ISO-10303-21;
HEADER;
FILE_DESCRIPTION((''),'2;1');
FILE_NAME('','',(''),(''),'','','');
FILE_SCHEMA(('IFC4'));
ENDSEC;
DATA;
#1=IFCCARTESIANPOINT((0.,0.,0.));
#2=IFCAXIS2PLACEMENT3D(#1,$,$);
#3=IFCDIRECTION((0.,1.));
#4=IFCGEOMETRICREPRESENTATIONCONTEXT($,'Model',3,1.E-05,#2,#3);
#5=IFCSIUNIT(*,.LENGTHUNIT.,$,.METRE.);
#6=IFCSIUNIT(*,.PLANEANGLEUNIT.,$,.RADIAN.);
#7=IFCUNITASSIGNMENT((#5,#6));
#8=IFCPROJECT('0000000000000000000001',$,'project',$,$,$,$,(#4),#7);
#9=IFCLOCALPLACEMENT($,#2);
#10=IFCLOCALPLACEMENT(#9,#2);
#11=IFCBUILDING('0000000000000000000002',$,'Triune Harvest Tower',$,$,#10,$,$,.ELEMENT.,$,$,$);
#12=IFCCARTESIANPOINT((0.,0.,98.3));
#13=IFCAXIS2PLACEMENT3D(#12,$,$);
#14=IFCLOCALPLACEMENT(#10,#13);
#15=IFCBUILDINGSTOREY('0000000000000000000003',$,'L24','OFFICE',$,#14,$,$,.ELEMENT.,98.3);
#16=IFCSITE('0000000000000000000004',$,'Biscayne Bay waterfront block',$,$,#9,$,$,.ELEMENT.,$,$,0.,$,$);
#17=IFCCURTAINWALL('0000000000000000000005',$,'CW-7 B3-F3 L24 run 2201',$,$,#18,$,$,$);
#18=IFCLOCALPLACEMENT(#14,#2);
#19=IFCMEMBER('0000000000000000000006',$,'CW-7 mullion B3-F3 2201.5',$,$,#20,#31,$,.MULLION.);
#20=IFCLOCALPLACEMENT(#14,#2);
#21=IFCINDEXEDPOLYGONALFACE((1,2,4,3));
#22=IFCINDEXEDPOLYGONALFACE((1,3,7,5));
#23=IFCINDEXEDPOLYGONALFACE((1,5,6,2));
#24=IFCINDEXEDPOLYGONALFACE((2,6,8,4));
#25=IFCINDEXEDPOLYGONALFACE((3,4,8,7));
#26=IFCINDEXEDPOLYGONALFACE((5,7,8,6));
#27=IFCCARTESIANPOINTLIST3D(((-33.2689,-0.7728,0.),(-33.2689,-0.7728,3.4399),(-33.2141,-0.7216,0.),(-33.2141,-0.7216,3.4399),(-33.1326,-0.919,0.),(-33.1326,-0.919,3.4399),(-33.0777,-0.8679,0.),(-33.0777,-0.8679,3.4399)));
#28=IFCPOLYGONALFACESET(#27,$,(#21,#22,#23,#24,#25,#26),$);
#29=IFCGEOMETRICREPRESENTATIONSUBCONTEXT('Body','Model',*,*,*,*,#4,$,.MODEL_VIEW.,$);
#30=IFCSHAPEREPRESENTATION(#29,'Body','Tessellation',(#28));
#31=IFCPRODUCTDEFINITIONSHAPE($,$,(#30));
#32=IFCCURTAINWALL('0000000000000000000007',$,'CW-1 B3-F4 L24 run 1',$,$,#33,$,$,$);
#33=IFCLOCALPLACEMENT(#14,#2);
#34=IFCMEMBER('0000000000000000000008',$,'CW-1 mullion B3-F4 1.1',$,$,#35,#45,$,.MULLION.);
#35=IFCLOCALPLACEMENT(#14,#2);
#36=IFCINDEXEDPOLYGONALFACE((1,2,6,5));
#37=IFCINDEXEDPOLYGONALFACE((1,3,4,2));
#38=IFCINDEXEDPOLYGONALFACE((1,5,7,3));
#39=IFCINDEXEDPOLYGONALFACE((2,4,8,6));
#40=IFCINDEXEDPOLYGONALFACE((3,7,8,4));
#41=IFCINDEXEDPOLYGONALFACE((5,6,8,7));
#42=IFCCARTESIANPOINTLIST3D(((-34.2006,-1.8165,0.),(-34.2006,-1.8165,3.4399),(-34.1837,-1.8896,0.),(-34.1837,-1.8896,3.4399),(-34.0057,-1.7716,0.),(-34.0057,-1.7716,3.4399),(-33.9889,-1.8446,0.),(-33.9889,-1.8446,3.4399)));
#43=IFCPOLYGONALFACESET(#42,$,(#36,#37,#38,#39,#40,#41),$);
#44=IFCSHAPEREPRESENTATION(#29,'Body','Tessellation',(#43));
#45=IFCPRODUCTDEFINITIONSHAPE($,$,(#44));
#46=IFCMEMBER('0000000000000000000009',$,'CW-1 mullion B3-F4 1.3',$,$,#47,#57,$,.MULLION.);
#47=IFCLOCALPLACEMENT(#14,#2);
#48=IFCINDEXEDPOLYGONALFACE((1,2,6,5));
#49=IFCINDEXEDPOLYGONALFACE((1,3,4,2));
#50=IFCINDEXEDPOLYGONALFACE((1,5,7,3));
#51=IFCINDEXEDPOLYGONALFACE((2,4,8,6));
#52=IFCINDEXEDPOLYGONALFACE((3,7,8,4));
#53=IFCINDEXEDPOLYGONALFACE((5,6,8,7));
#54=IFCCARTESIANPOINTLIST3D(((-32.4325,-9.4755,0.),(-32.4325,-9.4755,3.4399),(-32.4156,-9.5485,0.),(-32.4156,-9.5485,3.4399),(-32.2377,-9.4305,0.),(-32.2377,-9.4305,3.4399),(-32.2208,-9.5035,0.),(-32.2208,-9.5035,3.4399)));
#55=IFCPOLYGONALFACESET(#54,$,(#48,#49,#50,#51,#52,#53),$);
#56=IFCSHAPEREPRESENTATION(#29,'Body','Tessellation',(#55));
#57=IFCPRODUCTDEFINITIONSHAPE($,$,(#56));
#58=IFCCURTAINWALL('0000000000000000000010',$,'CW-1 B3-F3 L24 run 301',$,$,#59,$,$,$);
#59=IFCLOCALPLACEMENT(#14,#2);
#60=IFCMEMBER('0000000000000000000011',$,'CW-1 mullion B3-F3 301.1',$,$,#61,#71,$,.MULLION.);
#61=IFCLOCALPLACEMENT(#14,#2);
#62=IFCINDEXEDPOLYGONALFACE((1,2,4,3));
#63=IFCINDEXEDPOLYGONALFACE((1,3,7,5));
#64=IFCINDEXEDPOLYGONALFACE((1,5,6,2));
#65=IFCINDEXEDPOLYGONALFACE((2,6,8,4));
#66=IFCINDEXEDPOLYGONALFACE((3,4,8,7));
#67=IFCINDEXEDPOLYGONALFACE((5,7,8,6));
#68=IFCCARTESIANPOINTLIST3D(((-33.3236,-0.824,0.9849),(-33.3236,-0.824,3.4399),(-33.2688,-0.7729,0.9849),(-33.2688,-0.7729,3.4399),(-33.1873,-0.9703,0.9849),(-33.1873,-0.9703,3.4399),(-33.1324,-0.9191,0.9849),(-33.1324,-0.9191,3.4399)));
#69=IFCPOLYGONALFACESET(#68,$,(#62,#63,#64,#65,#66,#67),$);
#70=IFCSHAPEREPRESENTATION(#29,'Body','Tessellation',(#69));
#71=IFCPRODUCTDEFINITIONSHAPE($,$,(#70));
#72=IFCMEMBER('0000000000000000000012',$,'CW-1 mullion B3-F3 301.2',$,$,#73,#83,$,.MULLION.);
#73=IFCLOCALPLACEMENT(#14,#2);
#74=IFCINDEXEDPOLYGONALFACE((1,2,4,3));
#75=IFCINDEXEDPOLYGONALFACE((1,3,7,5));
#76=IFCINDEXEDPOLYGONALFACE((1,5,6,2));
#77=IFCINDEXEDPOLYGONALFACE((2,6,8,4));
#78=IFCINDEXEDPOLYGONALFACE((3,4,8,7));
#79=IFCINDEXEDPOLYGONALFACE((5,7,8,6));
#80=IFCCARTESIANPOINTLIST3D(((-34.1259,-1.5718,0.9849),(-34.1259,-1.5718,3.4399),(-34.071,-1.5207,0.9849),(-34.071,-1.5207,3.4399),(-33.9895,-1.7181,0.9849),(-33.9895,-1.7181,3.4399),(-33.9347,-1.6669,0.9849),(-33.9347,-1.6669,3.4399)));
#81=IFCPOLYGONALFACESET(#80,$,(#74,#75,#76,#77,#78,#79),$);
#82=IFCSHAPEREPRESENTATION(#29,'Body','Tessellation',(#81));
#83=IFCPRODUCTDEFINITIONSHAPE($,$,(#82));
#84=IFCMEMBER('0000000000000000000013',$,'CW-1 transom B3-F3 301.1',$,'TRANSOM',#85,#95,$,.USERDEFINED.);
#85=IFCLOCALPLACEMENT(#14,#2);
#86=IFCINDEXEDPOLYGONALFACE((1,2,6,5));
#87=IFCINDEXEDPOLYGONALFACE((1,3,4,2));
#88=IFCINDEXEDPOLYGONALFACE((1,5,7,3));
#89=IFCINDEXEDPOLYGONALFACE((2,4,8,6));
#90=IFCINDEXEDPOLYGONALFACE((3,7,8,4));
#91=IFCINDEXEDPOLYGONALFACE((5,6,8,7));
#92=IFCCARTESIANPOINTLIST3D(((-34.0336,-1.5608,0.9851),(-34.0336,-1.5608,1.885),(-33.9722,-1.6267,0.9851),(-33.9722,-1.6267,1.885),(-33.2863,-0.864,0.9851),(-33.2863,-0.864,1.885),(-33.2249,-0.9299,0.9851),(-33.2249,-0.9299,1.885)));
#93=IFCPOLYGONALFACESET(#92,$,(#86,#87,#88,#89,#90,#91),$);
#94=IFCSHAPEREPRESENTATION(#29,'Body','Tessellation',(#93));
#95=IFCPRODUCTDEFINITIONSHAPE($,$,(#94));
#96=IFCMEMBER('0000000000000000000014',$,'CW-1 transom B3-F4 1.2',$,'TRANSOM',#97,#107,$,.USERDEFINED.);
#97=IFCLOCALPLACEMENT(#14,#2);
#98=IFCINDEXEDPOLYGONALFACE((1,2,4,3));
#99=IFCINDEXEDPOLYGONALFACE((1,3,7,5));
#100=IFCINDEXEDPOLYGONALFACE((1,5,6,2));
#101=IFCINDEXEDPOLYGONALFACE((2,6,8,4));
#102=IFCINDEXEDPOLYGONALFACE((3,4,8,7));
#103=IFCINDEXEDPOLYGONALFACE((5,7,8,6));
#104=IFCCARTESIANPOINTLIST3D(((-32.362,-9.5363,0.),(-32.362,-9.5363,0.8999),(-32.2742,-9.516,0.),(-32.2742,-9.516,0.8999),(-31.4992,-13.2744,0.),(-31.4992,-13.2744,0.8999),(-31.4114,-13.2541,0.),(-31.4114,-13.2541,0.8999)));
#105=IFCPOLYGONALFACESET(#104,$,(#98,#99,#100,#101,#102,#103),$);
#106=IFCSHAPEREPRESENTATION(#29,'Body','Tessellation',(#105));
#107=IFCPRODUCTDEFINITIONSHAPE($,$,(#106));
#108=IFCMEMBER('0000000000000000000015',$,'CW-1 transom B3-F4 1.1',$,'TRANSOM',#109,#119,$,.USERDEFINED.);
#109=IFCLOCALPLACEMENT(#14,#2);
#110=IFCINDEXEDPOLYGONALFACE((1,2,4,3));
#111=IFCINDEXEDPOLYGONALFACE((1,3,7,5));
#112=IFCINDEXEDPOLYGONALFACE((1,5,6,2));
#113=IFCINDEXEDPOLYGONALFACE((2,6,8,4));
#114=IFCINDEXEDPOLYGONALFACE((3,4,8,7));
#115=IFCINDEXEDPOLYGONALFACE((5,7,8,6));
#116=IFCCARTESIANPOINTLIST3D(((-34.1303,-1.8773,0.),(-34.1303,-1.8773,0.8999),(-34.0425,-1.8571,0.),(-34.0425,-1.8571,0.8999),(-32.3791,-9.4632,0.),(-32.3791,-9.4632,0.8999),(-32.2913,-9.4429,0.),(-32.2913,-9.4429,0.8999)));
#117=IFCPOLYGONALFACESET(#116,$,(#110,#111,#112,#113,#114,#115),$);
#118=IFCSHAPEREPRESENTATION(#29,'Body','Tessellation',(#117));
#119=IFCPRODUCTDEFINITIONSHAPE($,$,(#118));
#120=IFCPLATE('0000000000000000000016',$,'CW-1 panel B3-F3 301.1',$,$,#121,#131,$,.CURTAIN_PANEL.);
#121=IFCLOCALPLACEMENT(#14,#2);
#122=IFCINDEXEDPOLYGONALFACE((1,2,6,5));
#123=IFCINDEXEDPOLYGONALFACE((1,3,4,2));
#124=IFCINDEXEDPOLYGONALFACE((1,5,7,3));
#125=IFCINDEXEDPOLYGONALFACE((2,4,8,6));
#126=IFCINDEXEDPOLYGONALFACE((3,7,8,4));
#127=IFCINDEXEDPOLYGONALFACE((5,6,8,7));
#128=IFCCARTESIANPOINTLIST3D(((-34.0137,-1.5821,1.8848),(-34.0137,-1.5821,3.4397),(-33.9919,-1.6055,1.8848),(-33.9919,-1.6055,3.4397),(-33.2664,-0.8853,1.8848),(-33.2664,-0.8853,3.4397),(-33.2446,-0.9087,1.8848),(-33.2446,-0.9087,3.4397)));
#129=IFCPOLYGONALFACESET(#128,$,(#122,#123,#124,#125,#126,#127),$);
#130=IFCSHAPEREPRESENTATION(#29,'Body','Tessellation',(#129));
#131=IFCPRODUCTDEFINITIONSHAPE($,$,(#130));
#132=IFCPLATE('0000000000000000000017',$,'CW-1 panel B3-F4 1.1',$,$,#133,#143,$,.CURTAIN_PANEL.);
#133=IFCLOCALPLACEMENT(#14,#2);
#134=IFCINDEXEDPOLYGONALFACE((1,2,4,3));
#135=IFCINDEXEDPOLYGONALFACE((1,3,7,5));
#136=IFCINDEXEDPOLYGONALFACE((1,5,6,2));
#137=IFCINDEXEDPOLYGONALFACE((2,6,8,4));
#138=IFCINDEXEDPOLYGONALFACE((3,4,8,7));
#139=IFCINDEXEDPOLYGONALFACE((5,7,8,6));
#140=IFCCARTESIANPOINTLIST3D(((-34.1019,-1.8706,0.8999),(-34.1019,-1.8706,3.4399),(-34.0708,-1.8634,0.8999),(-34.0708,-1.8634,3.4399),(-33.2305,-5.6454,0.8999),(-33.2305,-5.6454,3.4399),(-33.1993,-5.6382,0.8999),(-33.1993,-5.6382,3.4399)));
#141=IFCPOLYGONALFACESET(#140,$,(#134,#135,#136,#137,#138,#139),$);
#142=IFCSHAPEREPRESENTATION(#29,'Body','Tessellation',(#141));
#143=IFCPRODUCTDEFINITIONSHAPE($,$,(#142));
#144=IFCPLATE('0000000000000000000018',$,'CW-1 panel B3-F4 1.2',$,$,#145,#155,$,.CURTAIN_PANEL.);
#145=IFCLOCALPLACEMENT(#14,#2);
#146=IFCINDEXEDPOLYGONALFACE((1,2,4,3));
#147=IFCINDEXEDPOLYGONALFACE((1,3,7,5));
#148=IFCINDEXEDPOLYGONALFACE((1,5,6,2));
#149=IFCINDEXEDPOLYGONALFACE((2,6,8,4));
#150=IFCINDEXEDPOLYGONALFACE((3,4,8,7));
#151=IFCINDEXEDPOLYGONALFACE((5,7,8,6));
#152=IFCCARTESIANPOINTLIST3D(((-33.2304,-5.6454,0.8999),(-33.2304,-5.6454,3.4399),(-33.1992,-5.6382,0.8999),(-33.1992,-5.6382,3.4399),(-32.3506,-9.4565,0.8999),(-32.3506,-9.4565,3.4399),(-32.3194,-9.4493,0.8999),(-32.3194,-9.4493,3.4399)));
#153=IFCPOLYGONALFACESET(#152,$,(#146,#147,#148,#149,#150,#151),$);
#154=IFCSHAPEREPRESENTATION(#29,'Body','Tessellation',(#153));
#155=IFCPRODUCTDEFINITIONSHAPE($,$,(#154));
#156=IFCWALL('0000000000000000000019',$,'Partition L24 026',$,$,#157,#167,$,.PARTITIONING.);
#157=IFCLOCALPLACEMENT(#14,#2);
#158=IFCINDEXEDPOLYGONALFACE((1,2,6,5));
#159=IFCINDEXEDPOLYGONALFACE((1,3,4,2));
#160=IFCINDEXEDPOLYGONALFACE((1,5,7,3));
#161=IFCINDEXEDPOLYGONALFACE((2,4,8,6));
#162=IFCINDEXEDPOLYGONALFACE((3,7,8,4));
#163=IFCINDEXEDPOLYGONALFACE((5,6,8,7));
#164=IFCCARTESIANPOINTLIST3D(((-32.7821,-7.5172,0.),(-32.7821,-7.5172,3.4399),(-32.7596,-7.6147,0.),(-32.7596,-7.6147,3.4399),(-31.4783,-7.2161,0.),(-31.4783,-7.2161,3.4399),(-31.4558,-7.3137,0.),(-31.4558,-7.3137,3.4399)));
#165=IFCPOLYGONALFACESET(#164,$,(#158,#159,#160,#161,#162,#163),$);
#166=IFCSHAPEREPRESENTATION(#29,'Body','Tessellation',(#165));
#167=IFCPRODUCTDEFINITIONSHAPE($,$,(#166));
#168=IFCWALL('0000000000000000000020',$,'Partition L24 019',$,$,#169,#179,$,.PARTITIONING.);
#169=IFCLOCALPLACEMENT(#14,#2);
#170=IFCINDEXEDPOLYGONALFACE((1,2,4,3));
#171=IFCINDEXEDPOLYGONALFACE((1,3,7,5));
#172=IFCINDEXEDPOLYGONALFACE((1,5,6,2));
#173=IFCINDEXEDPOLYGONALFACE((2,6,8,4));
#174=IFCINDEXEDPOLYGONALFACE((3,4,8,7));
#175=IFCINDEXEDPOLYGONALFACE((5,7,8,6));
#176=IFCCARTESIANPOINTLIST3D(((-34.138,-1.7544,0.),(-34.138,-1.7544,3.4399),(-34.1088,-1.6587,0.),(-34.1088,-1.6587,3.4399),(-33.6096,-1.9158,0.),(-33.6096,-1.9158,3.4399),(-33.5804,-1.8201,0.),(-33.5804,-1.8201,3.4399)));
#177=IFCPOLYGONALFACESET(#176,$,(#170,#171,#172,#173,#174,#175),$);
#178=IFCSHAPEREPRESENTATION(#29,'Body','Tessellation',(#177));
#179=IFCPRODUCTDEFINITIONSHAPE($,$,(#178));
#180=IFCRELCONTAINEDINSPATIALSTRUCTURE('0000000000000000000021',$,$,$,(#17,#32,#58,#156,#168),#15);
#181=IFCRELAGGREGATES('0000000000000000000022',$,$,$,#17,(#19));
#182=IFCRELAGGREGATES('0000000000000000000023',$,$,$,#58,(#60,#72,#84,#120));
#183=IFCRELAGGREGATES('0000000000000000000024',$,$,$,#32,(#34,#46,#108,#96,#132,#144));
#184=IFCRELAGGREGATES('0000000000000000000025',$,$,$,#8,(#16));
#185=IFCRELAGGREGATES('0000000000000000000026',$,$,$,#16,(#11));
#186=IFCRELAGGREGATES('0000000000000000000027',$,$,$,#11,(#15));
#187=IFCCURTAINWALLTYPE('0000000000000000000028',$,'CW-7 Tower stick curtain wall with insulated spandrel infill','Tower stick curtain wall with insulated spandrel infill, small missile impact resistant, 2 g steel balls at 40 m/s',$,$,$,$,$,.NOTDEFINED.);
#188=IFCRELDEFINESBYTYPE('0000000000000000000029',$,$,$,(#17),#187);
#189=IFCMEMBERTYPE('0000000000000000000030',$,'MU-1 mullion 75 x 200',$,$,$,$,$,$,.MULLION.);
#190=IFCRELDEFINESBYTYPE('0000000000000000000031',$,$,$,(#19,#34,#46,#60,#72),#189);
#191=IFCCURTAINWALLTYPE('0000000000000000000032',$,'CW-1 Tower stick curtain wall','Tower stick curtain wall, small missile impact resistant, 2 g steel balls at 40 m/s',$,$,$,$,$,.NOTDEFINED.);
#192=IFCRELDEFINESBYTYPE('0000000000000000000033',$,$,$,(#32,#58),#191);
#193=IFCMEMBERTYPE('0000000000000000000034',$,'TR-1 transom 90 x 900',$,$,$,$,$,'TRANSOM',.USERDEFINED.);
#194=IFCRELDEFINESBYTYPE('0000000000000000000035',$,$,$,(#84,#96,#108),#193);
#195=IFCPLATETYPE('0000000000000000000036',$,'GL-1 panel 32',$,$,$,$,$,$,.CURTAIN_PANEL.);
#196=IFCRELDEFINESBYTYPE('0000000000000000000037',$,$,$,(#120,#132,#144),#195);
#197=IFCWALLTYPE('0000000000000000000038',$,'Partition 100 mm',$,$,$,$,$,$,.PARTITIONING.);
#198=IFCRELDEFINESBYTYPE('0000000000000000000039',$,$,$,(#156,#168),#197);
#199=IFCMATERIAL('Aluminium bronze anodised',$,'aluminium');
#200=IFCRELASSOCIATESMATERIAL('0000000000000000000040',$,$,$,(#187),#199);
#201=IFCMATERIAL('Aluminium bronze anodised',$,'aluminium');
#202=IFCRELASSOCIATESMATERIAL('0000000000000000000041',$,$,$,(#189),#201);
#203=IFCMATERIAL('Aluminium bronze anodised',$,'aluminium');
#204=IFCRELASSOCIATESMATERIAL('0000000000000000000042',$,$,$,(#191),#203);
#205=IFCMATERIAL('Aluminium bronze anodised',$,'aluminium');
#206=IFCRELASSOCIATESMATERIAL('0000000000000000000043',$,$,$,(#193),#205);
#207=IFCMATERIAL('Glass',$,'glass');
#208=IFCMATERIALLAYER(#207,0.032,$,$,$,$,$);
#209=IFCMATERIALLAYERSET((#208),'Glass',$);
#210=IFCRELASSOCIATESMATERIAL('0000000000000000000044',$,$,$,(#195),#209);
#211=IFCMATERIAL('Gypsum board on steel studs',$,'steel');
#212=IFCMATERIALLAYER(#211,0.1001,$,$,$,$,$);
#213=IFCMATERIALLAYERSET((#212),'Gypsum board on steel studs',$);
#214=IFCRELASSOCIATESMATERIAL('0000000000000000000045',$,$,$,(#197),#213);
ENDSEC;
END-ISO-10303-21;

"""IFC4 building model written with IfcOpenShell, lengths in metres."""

from ifc_helpers import new_model, si_unit, direction, frame, frame_2d, origin, origin_2d, place, context, subcontext, project, spatial, rectangle, extrude, source, transform, mapped, material, layer, layer_set, material_profile, profile_set, type_object, element, aggregate, save


model = new_model("IFC4")

# Units and contexts
model_context = context("Model", 3, precision=1e-05, world=origin(), true_north=direction((0.0, 1.0)))
body_context = subcontext(model_context, "Body", "Model", "MODEL_VIEW")
ifc_project = project(units=[si_unit("LENGTHUNIT", "METRE"), si_unit("PLANEANGLEUNIT", "RADIAN")], contexts=[model_context])

# Site, building, storey
site_placement = place(None, origin())
site = spatial("IfcSite", under=ifc_project, at=site_placement, Name="Biscayne Bay waterfront block", CompositionType="ELEMENT", RefElevation=0.0)
building_placement = place(site_placement, origin())
building = spatial("IfcBuilding", under=site, at=building_placement, Name="Triune Harvest Tower", CompositionType="ELEMENT")
storey_placement = place(building_placement, frame((0.0, 0.0, 98.3)))
storey = spatial("IfcBuildingStorey", under=building, at=storey_placement, Name="L24", Description="OFFICE", CompositionType="ELEMENT", Elevation=98.3)

# Curtain wall, member
ifc_material_1 = material(Name="Aluminium bronze anodised", Category="aluminium")
curtain_wall_type_1 = type_object("IfcCurtainWallType", Name="CW-7 Tower stick curtain wall with insulated spandrel infill", Description="Tower stick curtain wall with insulated spandrel infill, small missile impact resistant, 2 g steel balls at 40 m/s", PredefinedType="NOTDEFINED", material=ifc_material_1)
curtain_wall_1_placement = place(storey_placement, origin())
curtain_wall_1 = element("IfcCurtainWall", 1, at=curtain_wall_1_placement, inside=storey, type_object=curtain_wall_type_1, Name="CW-7 B3-F3 L24 run 2201")
ifc_material_2 = material(Name="Aluminium bronze anodised", Category="aluminium")
ifc_material_profile_1 = material_profile(ifc_material_2, rectangle(XDim=0.2, YDim=0.075, at=origin_2d()), Name="MU-1 mullion 75 x 200")
ifc_profile_set_1 = profile_set([ifc_material_profile_1], Name="Aluminium bronze anodised")
member_type_1 = type_object("IfcMemberType", Name="MU-1 mullion 75 x 200", PredefinedType="MULLION", material=ifc_profile_set_1)
shared_shape_1 = source(origin(), body_context, "Body", "SweptSolid", [
    extrude(rectangle(XDim=0.2, YDim=0.075, at=origin_2d()), origin(), (0.0, 0.0, 1.0), 3.4399),
])
member_1_placement = place(storey_placement, frame((-33.1733, -0.8203, 0.0), z_axis=(0.0, 0.0, 1.0), x_axis=(0.682, -0.731353, 0.0)))
member_1 = element("IfcMember", 2, at=member_1_placement, type_object=member_type_1, Name="CW-7 mullion B3-F3 2201.5", PredefinedType="MULLION", context=body_context, shape_type="MappedRepresentation", body=[
    mapped(shared_shape_1, transform((0.0, 0.0, 0.0), scale=1.0)),
])
aggregate(curtain_wall_1, [member_1])

# Curtain walls, members
ifc_material_3 = material(Name="Aluminium bronze anodised", Category="aluminium")
curtain_wall_type_2 = type_object("IfcCurtainWallType", Name="CW-1 Tower stick curtain wall", Description="Tower stick curtain wall, small missile impact resistant, 2 g steel balls at 40 m/s", PredefinedType="NOTDEFINED", material=ifc_material_3)
curtain_wall_2_placement = place(storey_placement, origin())
curtain_wall_2 = element("IfcCurtainWall", 3, at=curtain_wall_2_placement, inside=storey, type_object=curtain_wall_type_2, Name="CW-1 B3-F4 L24 run 1")
member_2_placement = place(storey_placement, frame((-34.0947, -1.8306, 0.0), z_axis=(0.0, 0.0, 1.0), x_axis=(0.974371, 0.224947, 0.0)))
member_2 = element("IfcMember", 4, at=member_2_placement, type_object=member_type_1, Name="CW-1 mullion B3-F4 1.1", PredefinedType="MULLION", context=body_context, shape_type="MappedRepresentation", body=[
    mapped(shared_shape_1, transform((0.0, 0.0, 0.0), scale=1.0)),
])
member_3_placement = place(storey_placement, frame((-32.3267, -9.4895, 0.0), z_axis=(0.0, 0.0, 1.0), x_axis=(0.974371, 0.224947, 0.0)))
member_3 = element("IfcMember", 5, at=member_3_placement, type_object=member_type_1, Name="CW-1 mullion B3-F4 1.3", PredefinedType="MULLION", context=body_context, shape_type="MappedRepresentation", body=[
    mapped(shared_shape_1, transform((0.0, 0.0, 0.0), scale=1.0)),
])
curtain_wall_3_placement = place(storey_placement, origin())
curtain_wall_3 = element("IfcCurtainWall", 6, at=curtain_wall_3_placement, inside=storey, type_object=curtain_wall_type_2, Name="CW-1 B3-F3 L24 run 301")
shared_shape_2 = source(origin(), body_context, "Body", "SweptSolid", [
    extrude(rectangle(XDim=0.2, YDim=0.075, at=origin_2d()), origin(), (0.0, 0.0, 1.0), 2.4551),
])
member_4_placement = place(storey_placement, frame((-33.228, -0.8716, 0.9849), z_axis=(0.0, 0.0, 1.0), x_axis=(0.681968, -0.731382, 0.0)))
member_4 = element("IfcMember", 7, at=member_4_placement, type_object=member_type_1, Name="CW-1 mullion B3-F3 301.1", PredefinedType="MULLION", context=body_context, shape_type="MappedRepresentation", body=[
    mapped(shared_shape_2, transform((0.0, 0.0, 0.0), scale=1.0)),
])
member_5_placement = place(storey_placement, frame((-34.0303, -1.6194, 0.9849), z_axis=(0.0, 0.0, 1.0), x_axis=(0.681968, -0.731382, 0.0)))
member_5 = element("IfcMember", 8, at=member_5_placement, type_object=member_type_1, Name="CW-1 mullion B3-F3 301.2", PredefinedType="MULLION", context=body_context, shape_type="MappedRepresentation", body=[
    mapped(shared_shape_2, transform((0.0, 0.0, 0.0), scale=1.0)),
])
ifc_material_4 = material(Name="Aluminium bronze anodised", Category="aluminium")
ifc_material_profile_2 = material_profile(ifc_material_4, rectangle(XDim=0.0901, YDim=0.8999, at=origin_2d()), Name="TR-1 transom 90 x 900")
ifc_profile_set_2 = profile_set([ifc_material_profile_2], Name="Aluminium bronze anodised")
member_type_2 = type_object("IfcMemberType", Name="TR-1 transom 90 x 900", ElementType="TRANSOM", PredefinedType="USERDEFINED", material=ifc_profile_set_2)
shared_shape_3 = source(origin(), body_context, "Body", "SweptSolid", [
    extrude(rectangle(XDim=0.0901, YDim=0.8999, at=origin_2d()), origin(), (0.0, 0.0, 1.0), 1.0217),
])
member_6_placement = place(storey_placement, frame((-33.2556, -0.897, 1.4351), z_axis=(-0.731405, -0.681944, 0.0), x_axis=(0.681944, -0.731405, 0.0)))
member_6 = element("IfcMember", 9, at=member_6_placement, type_object=member_type_2, Name="CW-1 transom B3-F3 301.1", ObjectType="TRANSOM", PredefinedType="USERDEFINED", context=body_context, shape_type="MappedRepresentation", body=[
    mapped(shared_shape_3, transform((0.0, 0.0, 0.0), scale=1.0)),
])

# Members
shared_shape_4 = source(origin(), body_context, "Body", "SweptSolid", [
    extrude(rectangle(XDim=0.0901, YDim=0.8999, at=origin_2d()), origin(), (0.0, 0.0, 1.0), 3.8364),
])
member_7_placement = place(storey_placement, frame((-32.3181, -9.5261, 0.45), z_axis=(0.224901, -0.974382, 0.0), x_axis=(0.974382, 0.224901, 0.0)))
member_7 = element("IfcMember", 10, at=member_7_placement, type_object=member_type_2, Name="CW-1 transom B3-F4 1.2", ObjectType="TRANSOM", PredefinedType="USERDEFINED", context=body_context, shape_type="MappedRepresentation", body=[
    mapped(shared_shape_4, transform((0.0, 0.0, 0.0), scale=1.0)),
])
shared_shape_5 = source(origin(), body_context, "Body", "SweptSolid", [
    extrude(rectangle(XDim=0.0901, YDim=0.8999, at=origin_2d()), origin(), (0.0, 0.0, 1.0), 7.7854),
])
member_8_placement = place(storey_placement, frame((-34.0864, -1.8672, 0.45), z_axis=(0.224935, -0.974374, 0.0), x_axis=(0.974374, 0.224935, 0.0)))
member_8 = element("IfcMember", 11, at=member_8_placement, type_object=member_type_2, Name="CW-1 transom B3-F4 1.1", ObjectType="TRANSOM", PredefinedType="USERDEFINED", context=body_context, shape_type="MappedRepresentation", body=[
    mapped(shared_shape_5, transform((0.0, 0.0, 0.0), scale=1.0)),
])

# Plates
ifc_material_5 = material(Name="Glass", Category="glass")
ifc_layer_1 = layer(ifc_material_5, 0.032)
ifc_layer_set_1 = layer_set([ifc_layer_1], Name="Glass")
plate_type = type_object("IfcPlateType", Name="GL-1 panel 32", PredefinedType="CURTAIN_PANEL", material=ifc_layer_set_1)
shared_shape_6 = source(origin(), body_context, "Body", "SweptSolid", [
    extrude(rectangle(XDim=1.0217, YDim=0.032, at=origin_2d()), origin(), (0.0, 0.0, 1.0), 1.5549),
])
plate_1_placement = place(storey_placement, frame((-33.6292, -1.2454, 1.8848), z_axis=(0.0, 0.0, 1.0), x_axis=(-0.731382, -0.681968, 0.0)))
plate_1 = element("IfcPlate", 12, at=plate_1_placement, type_object=plate_type, Name="CW-1 panel B3-F3 301.1", PredefinedType="CURTAIN_PANEL", context=body_context, shape_type="MappedRepresentation", body=[
    mapped(shared_shape_6, transform((0.0, 0.0, 0.0), scale=1.0)),
])
aggregate(curtain_wall_3, [member_4, member_5, member_6, plate_1])
shared_shape_7 = source(origin(), body_context, "Body", "SweptSolid", [
    extrude(rectangle(XDim=3.874, YDim=0.032, at=origin_2d()), origin(), (0.0, 0.0, 1.0), 2.54),
])
plate_2_placement = place(storey_placement, frame((-33.6506, -3.7544, 0.8999), z_axis=(0.0, 0.0, 1.0), x_axis=(0.224947, -0.974371, 0.0)))
plate_2 = element("IfcPlate", 13, at=plate_2_placement, type_object=plate_type, Name="CW-1 panel B3-F4 1.1", PredefinedType="CURTAIN_PANEL", context=body_context, shape_type="MappedRepresentation", body=[
    mapped(shared_shape_7, transform((0.0, 0.0, 0.0), scale=1.0)),
])
shared_shape_8 = source(origin(), body_context, "Body", "SweptSolid", [
    extrude(rectangle(XDim=3.9114, YDim=0.032, at=origin_2d()), origin(), (0.0, 0.0, 1.0), 2.54),
])
plate_3_placement = place(storey_placement, frame((-32.7749, -7.5474, 0.8999), z_axis=(0.0, 0.0, 1.0), x_axis=(0.224947, -0.974371, 0.0)))
plate_3 = element("IfcPlate", 14, at=plate_3_placement, type_object=plate_type, Name="CW-1 panel B3-F4 1.2", PredefinedType="CURTAIN_PANEL", context=body_context, shape_type="MappedRepresentation", body=[
    mapped(shared_shape_8, transform((0.0, 0.0, 0.0), scale=1.0)),
])
aggregate(curtain_wall_2, [member_2, member_3, member_8, member_7, plate_2, plate_3])

# Walls
ifc_material_6 = material(Name="Gypsum board on steel studs", Category="steel")
ifc_layer_2 = layer(ifc_material_6, 0.1001)
ifc_layer_set_2 = layer_set([ifc_layer_2], Name="Gypsum board on steel studs")
wall_type = type_object("IfcWallType", Name="Partition 100 mm", PredefinedType="PARTITIONING", material=ifc_layer_set_2)
shared_shape_9 = source(origin(), body_context, "Body", "SweptSolid", [
    extrude(rectangle(XDim=1.3381, YDim=0.1001, at=frame_2d((0.6689, 0.0))), origin(), (0.0, 0.0, 1.0), 3.4399),
])
wall_1_placement = place(storey_placement, frame((-32.7708, -7.5659, 0.0), z_axis=(0.0, 0.0, 1.0), x_axis=(0.974364, 0.224979, 0.0)))
element("IfcWall", 15, at=wall_1_placement, inside=storey, type_object=wall_type, Name="Partition L24 026", PredefinedType="PARTITIONING", context=body_context, shape_type="MappedRepresentation", body=[
    mapped(shared_shape_9, transform((0.0, 0.0, 0.0), scale=1.0)),
])
shared_shape_10 = source(origin(), body_context, "Body", "SweptSolid", [
    extrude(rectangle(XDim=0.5525, YDim=0.1001, at=frame_2d((0.2764, 0.0))), origin(), (0.0, 0.0, 1.0), 3.4399),
])
wall_2_placement = place(storey_placement, frame((-34.1235, -1.7065, 0.0), z_axis=(0.0, 0.0, 1.0), x_axis=(0.956379, -0.292129, 0.0)))
element("IfcWall", 16, at=wall_2_placement, inside=storey, type_object=wall_type, Name="Partition L24 019", PredefinedType="PARTITIONING", context=body_context, shape_type="MappedRepresentation", body=[
    mapped(shared_shape_10, transform((0.0, 0.0, 0.0), scale=1.0)),
])

save(model, "model.ifc")
